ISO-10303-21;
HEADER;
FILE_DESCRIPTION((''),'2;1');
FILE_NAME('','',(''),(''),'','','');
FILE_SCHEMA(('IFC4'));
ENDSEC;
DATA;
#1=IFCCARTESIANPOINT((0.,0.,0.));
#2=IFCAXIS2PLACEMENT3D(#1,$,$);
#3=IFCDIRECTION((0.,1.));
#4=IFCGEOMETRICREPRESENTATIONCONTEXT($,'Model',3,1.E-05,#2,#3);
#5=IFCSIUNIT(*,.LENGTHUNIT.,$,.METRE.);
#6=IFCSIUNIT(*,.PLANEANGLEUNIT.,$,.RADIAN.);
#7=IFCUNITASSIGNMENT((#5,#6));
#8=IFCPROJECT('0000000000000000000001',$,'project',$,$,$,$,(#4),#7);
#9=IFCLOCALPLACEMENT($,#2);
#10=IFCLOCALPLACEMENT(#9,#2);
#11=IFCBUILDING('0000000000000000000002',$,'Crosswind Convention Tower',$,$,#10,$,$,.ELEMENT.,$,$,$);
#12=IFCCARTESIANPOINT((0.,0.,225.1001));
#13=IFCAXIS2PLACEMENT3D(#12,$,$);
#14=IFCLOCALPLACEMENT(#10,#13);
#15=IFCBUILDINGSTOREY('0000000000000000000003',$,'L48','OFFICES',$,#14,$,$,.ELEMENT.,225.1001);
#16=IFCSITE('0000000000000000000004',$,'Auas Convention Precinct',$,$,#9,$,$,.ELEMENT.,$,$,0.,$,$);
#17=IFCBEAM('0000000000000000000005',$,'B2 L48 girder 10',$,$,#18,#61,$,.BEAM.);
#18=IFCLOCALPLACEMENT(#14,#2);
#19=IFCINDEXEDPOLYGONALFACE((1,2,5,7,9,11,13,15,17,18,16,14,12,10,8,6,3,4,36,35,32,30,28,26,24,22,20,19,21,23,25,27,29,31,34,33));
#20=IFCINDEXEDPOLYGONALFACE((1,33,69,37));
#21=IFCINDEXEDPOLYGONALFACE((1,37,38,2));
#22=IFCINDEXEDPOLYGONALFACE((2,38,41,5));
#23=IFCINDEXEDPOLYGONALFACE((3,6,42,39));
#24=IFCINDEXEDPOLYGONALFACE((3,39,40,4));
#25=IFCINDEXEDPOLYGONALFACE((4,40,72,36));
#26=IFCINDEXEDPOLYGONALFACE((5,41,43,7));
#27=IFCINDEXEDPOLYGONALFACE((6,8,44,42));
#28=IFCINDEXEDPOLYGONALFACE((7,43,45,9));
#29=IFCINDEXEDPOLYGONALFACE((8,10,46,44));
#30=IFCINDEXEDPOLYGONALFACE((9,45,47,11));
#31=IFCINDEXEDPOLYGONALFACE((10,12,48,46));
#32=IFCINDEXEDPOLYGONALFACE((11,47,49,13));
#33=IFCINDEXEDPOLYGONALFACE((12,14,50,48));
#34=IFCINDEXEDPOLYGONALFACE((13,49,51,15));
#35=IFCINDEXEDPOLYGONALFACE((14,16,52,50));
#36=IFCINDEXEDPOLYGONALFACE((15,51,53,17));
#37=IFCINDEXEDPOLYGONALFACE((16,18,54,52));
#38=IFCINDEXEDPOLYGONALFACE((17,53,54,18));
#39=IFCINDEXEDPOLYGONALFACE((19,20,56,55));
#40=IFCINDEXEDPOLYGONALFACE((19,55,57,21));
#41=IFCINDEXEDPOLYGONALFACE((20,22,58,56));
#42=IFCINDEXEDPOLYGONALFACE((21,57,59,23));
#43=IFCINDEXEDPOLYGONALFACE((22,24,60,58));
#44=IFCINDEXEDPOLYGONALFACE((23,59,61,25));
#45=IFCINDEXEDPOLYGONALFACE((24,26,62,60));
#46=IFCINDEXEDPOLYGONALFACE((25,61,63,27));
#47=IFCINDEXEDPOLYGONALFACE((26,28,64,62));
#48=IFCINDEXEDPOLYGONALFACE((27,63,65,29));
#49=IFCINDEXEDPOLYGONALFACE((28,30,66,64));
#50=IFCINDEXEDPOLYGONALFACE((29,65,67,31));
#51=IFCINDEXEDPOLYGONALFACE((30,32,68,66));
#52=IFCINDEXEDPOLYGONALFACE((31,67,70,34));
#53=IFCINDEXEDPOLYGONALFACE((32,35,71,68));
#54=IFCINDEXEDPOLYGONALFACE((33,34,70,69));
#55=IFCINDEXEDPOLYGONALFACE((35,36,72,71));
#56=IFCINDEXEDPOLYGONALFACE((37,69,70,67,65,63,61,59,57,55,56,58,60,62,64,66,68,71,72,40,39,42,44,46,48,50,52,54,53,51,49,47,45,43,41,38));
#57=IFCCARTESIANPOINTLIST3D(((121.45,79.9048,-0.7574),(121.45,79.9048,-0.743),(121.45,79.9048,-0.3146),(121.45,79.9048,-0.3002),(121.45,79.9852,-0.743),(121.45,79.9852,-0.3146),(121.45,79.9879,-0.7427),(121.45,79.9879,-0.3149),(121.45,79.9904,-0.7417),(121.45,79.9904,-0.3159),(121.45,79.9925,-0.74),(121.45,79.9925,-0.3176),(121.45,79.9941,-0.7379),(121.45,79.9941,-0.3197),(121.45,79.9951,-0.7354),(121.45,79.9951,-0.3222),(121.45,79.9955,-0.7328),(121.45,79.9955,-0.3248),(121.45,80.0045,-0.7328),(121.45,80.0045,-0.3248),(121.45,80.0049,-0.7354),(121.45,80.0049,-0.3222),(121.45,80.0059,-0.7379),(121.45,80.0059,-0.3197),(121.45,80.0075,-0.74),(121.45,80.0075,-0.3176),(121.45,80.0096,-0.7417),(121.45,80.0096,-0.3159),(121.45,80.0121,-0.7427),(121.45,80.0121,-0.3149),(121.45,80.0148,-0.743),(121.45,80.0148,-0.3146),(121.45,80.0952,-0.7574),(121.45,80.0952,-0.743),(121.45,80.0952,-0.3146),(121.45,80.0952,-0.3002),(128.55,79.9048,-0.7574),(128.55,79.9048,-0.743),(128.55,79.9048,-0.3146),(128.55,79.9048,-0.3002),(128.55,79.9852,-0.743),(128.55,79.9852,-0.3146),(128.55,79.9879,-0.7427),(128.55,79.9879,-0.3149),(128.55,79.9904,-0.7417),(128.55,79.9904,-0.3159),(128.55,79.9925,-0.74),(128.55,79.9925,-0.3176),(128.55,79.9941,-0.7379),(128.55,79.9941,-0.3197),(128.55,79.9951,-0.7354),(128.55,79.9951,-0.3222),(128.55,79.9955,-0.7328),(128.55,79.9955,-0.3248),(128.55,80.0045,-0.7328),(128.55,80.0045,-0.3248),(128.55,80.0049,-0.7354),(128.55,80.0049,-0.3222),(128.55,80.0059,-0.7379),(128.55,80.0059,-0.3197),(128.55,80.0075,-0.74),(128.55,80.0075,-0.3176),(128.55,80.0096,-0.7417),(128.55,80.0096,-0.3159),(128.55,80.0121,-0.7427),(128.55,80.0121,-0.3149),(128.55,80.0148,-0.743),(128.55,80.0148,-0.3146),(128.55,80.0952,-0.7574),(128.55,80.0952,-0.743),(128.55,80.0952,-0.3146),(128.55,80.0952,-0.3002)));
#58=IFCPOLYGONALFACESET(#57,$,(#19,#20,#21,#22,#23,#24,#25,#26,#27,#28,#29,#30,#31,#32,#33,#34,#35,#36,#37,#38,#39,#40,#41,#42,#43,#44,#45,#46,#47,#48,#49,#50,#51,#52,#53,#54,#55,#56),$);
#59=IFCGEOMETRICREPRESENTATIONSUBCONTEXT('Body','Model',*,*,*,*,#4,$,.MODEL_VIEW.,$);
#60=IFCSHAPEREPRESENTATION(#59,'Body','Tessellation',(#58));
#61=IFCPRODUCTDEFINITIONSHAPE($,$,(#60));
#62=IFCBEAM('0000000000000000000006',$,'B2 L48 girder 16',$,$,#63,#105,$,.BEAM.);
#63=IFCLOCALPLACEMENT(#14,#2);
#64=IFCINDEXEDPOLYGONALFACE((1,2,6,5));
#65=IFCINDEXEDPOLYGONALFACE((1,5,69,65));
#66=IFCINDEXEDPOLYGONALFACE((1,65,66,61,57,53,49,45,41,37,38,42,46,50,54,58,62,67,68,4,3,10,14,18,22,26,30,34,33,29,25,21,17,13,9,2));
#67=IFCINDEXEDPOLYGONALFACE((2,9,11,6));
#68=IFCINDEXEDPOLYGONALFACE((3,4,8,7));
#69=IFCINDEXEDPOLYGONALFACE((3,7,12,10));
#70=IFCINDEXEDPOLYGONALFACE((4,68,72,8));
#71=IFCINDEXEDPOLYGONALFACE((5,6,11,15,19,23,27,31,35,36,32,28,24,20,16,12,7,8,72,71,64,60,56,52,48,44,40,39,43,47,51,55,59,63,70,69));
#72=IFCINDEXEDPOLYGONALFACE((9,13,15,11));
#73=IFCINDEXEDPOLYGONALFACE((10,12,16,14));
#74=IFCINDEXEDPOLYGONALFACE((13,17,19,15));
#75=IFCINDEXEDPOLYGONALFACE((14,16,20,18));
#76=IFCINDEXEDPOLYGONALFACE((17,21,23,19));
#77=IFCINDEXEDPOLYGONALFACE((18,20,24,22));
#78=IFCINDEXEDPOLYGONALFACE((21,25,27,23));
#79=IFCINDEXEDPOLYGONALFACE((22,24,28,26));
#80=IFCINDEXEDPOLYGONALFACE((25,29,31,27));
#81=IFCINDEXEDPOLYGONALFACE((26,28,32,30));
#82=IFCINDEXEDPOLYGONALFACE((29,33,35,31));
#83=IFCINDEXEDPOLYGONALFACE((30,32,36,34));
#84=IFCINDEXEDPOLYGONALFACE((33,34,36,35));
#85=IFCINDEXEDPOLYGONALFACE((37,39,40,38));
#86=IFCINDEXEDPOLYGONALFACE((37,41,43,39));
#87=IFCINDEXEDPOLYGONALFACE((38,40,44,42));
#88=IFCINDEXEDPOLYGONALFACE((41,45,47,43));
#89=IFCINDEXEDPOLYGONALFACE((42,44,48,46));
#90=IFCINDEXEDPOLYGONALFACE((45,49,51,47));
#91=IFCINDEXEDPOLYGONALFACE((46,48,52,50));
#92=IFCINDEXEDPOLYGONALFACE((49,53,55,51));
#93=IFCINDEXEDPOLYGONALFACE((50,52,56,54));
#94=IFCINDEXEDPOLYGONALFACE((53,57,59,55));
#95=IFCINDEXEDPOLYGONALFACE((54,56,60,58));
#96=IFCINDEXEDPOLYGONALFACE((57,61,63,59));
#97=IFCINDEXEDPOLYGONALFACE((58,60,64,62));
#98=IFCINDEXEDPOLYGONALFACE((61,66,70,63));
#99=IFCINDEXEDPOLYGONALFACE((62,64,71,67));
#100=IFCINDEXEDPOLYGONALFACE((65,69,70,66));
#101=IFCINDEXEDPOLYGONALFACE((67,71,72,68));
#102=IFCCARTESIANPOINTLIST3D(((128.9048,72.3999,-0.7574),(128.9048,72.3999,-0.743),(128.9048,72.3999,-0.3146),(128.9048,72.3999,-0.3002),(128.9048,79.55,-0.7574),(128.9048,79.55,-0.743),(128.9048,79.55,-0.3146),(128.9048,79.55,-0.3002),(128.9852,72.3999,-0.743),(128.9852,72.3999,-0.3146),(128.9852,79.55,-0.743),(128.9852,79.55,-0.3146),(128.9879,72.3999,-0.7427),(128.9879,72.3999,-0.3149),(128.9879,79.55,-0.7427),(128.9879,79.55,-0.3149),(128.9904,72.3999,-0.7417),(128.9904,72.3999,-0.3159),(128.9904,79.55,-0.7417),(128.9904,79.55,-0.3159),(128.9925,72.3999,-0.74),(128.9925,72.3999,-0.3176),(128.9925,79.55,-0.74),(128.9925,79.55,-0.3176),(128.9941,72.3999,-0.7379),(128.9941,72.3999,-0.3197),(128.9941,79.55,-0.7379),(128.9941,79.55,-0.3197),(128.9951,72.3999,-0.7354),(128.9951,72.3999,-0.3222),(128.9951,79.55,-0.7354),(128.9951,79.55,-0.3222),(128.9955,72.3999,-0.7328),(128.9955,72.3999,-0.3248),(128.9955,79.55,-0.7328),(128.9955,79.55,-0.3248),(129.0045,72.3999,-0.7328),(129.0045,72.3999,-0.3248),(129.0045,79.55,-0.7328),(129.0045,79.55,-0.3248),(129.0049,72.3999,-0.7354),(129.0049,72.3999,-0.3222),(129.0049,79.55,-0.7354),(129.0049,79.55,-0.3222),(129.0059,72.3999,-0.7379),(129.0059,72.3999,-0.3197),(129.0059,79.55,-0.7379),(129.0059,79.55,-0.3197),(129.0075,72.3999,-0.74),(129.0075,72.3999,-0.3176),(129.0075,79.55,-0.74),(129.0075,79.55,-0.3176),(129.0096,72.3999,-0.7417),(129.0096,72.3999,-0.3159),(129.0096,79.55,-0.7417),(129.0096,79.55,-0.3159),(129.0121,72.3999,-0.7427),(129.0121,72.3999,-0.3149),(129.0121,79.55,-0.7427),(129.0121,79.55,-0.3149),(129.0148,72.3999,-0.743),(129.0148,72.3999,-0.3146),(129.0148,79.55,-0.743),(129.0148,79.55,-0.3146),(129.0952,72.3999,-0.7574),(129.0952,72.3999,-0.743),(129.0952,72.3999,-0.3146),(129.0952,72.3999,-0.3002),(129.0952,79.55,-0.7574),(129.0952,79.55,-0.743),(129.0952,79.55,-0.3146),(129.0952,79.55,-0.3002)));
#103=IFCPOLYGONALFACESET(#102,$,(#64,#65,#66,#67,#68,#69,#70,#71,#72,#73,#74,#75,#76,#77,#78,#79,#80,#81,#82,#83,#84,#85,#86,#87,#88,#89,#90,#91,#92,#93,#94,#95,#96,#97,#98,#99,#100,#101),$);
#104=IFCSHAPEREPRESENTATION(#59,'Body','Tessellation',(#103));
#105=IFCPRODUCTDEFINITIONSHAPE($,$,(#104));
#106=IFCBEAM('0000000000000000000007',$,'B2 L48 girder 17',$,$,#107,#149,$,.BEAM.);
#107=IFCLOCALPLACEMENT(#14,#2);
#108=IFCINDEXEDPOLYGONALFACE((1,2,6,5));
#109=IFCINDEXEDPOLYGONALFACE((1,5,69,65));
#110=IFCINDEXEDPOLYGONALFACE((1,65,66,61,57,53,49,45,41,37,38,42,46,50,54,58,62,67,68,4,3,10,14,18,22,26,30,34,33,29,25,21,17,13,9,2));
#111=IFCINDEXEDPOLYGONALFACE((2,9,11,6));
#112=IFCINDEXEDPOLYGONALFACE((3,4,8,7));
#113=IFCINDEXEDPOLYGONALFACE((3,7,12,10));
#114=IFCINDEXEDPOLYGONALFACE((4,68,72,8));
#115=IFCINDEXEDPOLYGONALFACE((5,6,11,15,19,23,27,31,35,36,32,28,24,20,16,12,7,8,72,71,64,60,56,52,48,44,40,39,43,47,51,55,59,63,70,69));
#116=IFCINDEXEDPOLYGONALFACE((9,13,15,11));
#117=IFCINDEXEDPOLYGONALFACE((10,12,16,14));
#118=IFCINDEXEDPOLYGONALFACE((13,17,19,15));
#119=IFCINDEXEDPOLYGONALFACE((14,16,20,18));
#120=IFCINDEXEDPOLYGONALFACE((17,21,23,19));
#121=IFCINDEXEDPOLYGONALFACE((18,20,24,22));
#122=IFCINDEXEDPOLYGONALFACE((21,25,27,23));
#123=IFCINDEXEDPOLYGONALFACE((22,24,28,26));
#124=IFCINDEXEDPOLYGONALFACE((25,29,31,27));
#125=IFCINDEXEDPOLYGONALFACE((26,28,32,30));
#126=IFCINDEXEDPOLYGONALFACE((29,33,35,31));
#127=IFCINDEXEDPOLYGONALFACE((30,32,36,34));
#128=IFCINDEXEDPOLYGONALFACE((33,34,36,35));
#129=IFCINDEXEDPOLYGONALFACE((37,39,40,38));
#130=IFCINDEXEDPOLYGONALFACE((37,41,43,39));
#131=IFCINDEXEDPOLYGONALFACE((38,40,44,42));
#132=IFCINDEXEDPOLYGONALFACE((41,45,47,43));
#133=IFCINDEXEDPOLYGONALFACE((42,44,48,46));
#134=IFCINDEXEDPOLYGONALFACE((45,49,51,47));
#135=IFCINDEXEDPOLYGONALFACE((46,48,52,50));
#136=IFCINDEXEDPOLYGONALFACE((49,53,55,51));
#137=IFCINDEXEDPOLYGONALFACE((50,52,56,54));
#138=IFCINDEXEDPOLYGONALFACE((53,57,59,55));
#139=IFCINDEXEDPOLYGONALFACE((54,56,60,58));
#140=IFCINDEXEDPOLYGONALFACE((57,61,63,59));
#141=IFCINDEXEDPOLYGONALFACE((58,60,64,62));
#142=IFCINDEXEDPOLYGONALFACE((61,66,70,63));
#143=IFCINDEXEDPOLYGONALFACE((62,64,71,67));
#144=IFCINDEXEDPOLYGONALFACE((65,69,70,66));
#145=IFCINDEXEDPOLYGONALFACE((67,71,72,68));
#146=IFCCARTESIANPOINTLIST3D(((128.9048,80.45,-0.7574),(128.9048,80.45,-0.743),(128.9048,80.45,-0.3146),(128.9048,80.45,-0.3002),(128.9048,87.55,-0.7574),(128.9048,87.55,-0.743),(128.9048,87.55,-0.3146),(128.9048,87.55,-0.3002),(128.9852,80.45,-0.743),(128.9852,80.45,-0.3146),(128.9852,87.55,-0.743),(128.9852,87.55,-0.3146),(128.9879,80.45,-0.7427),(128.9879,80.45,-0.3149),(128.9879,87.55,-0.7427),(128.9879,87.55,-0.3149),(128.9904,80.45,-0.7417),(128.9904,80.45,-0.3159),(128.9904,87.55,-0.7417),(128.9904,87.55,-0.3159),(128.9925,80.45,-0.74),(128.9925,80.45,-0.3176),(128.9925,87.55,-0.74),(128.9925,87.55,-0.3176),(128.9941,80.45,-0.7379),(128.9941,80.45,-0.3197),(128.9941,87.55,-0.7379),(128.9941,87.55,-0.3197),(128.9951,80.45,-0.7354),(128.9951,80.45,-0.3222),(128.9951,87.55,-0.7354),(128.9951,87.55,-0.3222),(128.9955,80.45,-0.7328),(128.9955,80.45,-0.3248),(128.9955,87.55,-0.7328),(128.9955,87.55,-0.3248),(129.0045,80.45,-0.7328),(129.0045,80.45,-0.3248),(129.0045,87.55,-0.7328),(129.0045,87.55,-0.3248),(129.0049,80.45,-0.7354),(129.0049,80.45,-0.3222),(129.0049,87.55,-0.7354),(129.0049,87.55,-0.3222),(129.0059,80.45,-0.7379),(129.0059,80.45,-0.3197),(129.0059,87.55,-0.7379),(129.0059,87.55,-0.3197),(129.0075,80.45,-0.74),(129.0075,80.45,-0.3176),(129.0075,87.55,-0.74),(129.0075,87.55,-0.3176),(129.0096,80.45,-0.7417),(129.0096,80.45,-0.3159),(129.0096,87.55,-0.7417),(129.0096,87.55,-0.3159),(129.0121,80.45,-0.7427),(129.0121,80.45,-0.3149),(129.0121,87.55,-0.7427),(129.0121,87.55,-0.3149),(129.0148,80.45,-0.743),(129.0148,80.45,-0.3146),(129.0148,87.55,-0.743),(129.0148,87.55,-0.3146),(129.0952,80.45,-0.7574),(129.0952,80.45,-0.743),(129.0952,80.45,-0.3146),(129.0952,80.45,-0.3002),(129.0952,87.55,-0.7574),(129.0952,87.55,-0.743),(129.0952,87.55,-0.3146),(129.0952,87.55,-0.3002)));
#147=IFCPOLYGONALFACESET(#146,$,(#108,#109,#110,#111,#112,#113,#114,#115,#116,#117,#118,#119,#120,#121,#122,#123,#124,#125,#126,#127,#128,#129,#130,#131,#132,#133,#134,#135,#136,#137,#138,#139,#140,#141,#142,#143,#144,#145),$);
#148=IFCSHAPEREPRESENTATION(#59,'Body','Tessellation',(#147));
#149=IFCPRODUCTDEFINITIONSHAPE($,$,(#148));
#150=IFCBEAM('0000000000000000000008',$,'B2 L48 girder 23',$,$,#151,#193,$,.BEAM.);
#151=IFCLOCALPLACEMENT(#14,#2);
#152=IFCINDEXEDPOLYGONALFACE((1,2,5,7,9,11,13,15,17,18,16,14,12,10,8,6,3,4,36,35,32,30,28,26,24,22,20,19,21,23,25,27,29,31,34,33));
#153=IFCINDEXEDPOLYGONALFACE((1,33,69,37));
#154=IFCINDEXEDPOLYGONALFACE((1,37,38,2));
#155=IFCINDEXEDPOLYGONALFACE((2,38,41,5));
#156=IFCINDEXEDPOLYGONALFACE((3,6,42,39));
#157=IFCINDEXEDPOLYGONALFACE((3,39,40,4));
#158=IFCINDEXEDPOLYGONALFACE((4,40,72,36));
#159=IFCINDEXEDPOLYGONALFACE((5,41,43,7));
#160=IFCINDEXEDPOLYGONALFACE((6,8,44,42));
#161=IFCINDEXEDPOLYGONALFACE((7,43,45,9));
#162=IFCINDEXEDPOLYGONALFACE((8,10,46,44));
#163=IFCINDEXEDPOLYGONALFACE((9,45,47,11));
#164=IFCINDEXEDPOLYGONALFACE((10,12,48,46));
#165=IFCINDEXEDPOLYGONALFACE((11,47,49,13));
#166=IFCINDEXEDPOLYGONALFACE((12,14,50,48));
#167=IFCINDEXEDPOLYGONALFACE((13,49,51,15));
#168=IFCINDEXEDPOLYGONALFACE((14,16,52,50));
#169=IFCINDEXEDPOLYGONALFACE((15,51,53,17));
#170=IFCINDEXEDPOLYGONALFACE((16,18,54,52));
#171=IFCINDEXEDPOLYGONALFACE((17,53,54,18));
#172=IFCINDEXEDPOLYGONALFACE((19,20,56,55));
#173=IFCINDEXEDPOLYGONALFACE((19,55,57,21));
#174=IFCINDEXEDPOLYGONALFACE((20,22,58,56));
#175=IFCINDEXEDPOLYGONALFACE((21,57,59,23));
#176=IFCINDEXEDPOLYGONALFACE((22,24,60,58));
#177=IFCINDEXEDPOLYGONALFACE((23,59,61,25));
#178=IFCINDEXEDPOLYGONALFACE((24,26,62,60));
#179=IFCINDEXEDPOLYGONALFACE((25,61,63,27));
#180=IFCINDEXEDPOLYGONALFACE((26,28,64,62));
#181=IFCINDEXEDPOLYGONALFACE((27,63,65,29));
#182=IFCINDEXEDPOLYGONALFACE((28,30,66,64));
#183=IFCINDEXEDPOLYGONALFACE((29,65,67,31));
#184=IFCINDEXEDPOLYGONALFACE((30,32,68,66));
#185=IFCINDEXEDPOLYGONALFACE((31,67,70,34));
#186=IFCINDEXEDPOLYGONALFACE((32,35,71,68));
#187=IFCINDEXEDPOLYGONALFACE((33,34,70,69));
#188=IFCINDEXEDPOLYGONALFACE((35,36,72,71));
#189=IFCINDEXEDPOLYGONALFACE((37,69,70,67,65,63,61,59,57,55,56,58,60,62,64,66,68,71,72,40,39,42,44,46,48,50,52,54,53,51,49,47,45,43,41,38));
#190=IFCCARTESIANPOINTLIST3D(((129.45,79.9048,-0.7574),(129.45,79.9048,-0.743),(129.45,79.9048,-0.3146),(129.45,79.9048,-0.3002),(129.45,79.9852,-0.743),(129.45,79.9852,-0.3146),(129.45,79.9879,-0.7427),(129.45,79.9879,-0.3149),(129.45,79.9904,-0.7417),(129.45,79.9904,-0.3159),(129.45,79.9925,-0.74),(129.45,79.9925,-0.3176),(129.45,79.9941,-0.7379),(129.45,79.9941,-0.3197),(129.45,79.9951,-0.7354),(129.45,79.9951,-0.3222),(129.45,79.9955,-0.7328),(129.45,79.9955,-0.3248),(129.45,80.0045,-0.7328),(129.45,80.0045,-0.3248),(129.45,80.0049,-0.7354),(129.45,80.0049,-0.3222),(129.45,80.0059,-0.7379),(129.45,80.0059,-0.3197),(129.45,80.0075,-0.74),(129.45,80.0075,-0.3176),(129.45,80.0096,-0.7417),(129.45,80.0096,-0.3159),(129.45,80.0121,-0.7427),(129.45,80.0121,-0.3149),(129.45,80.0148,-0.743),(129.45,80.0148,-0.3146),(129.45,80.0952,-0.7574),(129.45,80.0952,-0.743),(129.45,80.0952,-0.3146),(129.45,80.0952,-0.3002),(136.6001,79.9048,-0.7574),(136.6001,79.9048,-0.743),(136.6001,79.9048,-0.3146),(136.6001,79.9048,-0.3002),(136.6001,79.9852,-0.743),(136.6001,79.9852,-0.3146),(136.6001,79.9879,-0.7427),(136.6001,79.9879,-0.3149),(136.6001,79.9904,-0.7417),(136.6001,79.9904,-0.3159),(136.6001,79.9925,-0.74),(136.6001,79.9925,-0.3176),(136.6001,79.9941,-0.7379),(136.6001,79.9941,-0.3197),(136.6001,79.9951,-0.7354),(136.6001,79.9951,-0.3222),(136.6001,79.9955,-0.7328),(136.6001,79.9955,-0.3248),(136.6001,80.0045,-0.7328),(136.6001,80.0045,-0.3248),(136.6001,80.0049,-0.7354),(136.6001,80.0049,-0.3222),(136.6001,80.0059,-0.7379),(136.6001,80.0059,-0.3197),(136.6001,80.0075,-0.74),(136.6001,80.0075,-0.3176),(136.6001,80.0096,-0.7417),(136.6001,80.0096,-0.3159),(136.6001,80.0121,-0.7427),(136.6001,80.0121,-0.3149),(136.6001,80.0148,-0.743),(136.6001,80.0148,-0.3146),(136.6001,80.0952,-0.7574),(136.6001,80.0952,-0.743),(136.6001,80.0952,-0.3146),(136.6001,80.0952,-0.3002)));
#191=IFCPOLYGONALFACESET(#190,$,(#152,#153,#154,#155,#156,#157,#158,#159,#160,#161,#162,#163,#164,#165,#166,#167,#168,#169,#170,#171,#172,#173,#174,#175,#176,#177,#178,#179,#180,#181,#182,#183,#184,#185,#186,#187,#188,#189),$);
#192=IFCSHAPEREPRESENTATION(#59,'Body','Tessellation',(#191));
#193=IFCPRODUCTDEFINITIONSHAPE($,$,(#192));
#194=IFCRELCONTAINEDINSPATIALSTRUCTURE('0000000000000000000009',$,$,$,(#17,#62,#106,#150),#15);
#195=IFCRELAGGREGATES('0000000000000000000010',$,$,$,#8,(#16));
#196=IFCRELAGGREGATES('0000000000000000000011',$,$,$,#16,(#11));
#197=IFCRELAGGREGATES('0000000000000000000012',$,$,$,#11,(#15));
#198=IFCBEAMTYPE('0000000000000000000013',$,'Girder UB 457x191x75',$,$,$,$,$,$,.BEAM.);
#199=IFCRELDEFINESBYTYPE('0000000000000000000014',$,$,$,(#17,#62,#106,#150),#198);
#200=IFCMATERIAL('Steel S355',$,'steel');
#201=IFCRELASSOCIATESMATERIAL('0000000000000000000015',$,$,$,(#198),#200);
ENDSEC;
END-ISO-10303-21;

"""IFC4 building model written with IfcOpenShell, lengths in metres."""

from ifc_helpers import new_model, si_unit, direction, frame, origin, origin_2d, place, context, subcontext, project, spatial, i_section, extrude, material, material_profile, profile_set, type_object, element, save


model = new_model("IFC4")

# Units and contexts
model_context = context("Model", 3, precision=1e-05, world=origin(), true_north=direction((0.0, 1.0)))
body_context = subcontext(model_context, "Body", "Model", "MODEL_VIEW")
ifc_project = project(units=[si_unit("LENGTHUNIT", "METRE"), si_unit("PLANEANGLEUNIT", "RADIAN")], contexts=[model_context])

# Site, building, storey
site_placement = place(None, origin())
site = spatial("IfcSite", under=ifc_project, at=site_placement, Name="Auas Convention Precinct", CompositionType="ELEMENT", RefElevation=0.0)
building_placement = place(site_placement, origin())
building = spatial("IfcBuilding", under=site, at=building_placement, Name="Crosswind Convention Tower", CompositionType="ELEMENT")
storey_placement = place(building_placement, frame((0.0, 0.0, 225.1001)))
storey = spatial("IfcBuildingStorey", under=building, at=storey_placement, Name="L48", Description="OFFICES", CompositionType="ELEMENT", Elevation=225.1001)

# Beams
ifc_material_1 = material(Name="Steel S355", Category="steel")
ifc_material_profile_1 = material_profile(ifc_material_1, i_section(OverallWidth=0.1904, OverallDepth=0.4573, WebThickness=0.009, FlangeThickness=0.0144, FilletRadius=0.0103, at=origin_2d()), Name="UB 457x191x75")
ifc_profile_set_1 = profile_set([ifc_material_profile_1], Name="Steel S355")
beam_type_1 = type_object("IfcBeamType", Name="Girder UB 457x191x75", PredefinedType="BEAM", material=ifc_profile_set_1)
beam_1_placement = place(storey_placement, frame((121.45, 80.0, -0.5288), z_axis=(1.0, 0.0, 0.0), x_axis=(0.0, 1.0, 0.0)))
element("IfcBeam", 1, at=beam_1_placement, inside=storey, type_object=beam_type_1, Name="B2 L48 girder 10", PredefinedType="BEAM", context=body_context, shape_type="SweptSolid", body=[
    extrude(i_section(OverallWidth=0.1904, OverallDepth=0.4573, WebThickness=0.009, FlangeThickness=0.0144, FilletRadius=0.0103, at=origin_2d()), origin(), (0.0, 0.0, 1.0), 7.1001),
])
beam_2_placement = place(storey_placement, frame((129.0, 72.3999, -0.5288), z_axis=(0.0, 1.0, 0.0), x_axis=(-1.0, 0.0, 0.0)))
element("IfcBeam", 2, at=beam_2_placement, inside=storey, type_object=beam_type_1, Name="B2 L48 girder 16", PredefinedType="BEAM", context=body_context, shape_type="SweptSolid", body=[
    extrude(i_section(OverallWidth=0.1904, OverallDepth=0.4573, WebThickness=0.009, FlangeThickness=0.0144, FilletRadius=0.0103, at=origin_2d()), origin(), (0.0, 0.0, 1.0), 7.1501),
])
beam_3_placement = place(storey_placement, frame((129.0, 80.45, -0.5288), z_axis=(0.0, 1.0, 0.0), x_axis=(-1.0, 0.0, 0.0)))
element("IfcBeam", 3, at=beam_3_placement, inside=storey, type_object=beam_type_1, Name="B2 L48 girder 17", PredefinedType="BEAM", context=body_context, shape_type="SweptSolid", body=[
    extrude(i_section(OverallWidth=0.1904, OverallDepth=0.4573, WebThickness=0.009, FlangeThickness=0.0144, FilletRadius=0.0103, at=origin_2d()), origin(), (0.0, 0.0, 1.0), 7.1001),
])
beam_4_placement = place(storey_placement, frame((129.45, 80.0, -0.5288), z_axis=(1.0, 0.0, 0.0), x_axis=(0.0, 1.0, 0.0)))
element("IfcBeam", 4, at=beam_4_placement, inside=storey, type_object=beam_type_1, Name="B2 L48 girder 23", PredefinedType="BEAM", context=body_context, shape_type="SweptSolid", body=[
    extrude(i_section(OverallWidth=0.1904, OverallDepth=0.4573, WebThickness=0.009, FlangeThickness=0.0144, FilletRadius=0.0103, at=origin_2d()), origin(), (0.0, 0.0, 1.0), 7.1501),
])

save(model, "model.ifc")
